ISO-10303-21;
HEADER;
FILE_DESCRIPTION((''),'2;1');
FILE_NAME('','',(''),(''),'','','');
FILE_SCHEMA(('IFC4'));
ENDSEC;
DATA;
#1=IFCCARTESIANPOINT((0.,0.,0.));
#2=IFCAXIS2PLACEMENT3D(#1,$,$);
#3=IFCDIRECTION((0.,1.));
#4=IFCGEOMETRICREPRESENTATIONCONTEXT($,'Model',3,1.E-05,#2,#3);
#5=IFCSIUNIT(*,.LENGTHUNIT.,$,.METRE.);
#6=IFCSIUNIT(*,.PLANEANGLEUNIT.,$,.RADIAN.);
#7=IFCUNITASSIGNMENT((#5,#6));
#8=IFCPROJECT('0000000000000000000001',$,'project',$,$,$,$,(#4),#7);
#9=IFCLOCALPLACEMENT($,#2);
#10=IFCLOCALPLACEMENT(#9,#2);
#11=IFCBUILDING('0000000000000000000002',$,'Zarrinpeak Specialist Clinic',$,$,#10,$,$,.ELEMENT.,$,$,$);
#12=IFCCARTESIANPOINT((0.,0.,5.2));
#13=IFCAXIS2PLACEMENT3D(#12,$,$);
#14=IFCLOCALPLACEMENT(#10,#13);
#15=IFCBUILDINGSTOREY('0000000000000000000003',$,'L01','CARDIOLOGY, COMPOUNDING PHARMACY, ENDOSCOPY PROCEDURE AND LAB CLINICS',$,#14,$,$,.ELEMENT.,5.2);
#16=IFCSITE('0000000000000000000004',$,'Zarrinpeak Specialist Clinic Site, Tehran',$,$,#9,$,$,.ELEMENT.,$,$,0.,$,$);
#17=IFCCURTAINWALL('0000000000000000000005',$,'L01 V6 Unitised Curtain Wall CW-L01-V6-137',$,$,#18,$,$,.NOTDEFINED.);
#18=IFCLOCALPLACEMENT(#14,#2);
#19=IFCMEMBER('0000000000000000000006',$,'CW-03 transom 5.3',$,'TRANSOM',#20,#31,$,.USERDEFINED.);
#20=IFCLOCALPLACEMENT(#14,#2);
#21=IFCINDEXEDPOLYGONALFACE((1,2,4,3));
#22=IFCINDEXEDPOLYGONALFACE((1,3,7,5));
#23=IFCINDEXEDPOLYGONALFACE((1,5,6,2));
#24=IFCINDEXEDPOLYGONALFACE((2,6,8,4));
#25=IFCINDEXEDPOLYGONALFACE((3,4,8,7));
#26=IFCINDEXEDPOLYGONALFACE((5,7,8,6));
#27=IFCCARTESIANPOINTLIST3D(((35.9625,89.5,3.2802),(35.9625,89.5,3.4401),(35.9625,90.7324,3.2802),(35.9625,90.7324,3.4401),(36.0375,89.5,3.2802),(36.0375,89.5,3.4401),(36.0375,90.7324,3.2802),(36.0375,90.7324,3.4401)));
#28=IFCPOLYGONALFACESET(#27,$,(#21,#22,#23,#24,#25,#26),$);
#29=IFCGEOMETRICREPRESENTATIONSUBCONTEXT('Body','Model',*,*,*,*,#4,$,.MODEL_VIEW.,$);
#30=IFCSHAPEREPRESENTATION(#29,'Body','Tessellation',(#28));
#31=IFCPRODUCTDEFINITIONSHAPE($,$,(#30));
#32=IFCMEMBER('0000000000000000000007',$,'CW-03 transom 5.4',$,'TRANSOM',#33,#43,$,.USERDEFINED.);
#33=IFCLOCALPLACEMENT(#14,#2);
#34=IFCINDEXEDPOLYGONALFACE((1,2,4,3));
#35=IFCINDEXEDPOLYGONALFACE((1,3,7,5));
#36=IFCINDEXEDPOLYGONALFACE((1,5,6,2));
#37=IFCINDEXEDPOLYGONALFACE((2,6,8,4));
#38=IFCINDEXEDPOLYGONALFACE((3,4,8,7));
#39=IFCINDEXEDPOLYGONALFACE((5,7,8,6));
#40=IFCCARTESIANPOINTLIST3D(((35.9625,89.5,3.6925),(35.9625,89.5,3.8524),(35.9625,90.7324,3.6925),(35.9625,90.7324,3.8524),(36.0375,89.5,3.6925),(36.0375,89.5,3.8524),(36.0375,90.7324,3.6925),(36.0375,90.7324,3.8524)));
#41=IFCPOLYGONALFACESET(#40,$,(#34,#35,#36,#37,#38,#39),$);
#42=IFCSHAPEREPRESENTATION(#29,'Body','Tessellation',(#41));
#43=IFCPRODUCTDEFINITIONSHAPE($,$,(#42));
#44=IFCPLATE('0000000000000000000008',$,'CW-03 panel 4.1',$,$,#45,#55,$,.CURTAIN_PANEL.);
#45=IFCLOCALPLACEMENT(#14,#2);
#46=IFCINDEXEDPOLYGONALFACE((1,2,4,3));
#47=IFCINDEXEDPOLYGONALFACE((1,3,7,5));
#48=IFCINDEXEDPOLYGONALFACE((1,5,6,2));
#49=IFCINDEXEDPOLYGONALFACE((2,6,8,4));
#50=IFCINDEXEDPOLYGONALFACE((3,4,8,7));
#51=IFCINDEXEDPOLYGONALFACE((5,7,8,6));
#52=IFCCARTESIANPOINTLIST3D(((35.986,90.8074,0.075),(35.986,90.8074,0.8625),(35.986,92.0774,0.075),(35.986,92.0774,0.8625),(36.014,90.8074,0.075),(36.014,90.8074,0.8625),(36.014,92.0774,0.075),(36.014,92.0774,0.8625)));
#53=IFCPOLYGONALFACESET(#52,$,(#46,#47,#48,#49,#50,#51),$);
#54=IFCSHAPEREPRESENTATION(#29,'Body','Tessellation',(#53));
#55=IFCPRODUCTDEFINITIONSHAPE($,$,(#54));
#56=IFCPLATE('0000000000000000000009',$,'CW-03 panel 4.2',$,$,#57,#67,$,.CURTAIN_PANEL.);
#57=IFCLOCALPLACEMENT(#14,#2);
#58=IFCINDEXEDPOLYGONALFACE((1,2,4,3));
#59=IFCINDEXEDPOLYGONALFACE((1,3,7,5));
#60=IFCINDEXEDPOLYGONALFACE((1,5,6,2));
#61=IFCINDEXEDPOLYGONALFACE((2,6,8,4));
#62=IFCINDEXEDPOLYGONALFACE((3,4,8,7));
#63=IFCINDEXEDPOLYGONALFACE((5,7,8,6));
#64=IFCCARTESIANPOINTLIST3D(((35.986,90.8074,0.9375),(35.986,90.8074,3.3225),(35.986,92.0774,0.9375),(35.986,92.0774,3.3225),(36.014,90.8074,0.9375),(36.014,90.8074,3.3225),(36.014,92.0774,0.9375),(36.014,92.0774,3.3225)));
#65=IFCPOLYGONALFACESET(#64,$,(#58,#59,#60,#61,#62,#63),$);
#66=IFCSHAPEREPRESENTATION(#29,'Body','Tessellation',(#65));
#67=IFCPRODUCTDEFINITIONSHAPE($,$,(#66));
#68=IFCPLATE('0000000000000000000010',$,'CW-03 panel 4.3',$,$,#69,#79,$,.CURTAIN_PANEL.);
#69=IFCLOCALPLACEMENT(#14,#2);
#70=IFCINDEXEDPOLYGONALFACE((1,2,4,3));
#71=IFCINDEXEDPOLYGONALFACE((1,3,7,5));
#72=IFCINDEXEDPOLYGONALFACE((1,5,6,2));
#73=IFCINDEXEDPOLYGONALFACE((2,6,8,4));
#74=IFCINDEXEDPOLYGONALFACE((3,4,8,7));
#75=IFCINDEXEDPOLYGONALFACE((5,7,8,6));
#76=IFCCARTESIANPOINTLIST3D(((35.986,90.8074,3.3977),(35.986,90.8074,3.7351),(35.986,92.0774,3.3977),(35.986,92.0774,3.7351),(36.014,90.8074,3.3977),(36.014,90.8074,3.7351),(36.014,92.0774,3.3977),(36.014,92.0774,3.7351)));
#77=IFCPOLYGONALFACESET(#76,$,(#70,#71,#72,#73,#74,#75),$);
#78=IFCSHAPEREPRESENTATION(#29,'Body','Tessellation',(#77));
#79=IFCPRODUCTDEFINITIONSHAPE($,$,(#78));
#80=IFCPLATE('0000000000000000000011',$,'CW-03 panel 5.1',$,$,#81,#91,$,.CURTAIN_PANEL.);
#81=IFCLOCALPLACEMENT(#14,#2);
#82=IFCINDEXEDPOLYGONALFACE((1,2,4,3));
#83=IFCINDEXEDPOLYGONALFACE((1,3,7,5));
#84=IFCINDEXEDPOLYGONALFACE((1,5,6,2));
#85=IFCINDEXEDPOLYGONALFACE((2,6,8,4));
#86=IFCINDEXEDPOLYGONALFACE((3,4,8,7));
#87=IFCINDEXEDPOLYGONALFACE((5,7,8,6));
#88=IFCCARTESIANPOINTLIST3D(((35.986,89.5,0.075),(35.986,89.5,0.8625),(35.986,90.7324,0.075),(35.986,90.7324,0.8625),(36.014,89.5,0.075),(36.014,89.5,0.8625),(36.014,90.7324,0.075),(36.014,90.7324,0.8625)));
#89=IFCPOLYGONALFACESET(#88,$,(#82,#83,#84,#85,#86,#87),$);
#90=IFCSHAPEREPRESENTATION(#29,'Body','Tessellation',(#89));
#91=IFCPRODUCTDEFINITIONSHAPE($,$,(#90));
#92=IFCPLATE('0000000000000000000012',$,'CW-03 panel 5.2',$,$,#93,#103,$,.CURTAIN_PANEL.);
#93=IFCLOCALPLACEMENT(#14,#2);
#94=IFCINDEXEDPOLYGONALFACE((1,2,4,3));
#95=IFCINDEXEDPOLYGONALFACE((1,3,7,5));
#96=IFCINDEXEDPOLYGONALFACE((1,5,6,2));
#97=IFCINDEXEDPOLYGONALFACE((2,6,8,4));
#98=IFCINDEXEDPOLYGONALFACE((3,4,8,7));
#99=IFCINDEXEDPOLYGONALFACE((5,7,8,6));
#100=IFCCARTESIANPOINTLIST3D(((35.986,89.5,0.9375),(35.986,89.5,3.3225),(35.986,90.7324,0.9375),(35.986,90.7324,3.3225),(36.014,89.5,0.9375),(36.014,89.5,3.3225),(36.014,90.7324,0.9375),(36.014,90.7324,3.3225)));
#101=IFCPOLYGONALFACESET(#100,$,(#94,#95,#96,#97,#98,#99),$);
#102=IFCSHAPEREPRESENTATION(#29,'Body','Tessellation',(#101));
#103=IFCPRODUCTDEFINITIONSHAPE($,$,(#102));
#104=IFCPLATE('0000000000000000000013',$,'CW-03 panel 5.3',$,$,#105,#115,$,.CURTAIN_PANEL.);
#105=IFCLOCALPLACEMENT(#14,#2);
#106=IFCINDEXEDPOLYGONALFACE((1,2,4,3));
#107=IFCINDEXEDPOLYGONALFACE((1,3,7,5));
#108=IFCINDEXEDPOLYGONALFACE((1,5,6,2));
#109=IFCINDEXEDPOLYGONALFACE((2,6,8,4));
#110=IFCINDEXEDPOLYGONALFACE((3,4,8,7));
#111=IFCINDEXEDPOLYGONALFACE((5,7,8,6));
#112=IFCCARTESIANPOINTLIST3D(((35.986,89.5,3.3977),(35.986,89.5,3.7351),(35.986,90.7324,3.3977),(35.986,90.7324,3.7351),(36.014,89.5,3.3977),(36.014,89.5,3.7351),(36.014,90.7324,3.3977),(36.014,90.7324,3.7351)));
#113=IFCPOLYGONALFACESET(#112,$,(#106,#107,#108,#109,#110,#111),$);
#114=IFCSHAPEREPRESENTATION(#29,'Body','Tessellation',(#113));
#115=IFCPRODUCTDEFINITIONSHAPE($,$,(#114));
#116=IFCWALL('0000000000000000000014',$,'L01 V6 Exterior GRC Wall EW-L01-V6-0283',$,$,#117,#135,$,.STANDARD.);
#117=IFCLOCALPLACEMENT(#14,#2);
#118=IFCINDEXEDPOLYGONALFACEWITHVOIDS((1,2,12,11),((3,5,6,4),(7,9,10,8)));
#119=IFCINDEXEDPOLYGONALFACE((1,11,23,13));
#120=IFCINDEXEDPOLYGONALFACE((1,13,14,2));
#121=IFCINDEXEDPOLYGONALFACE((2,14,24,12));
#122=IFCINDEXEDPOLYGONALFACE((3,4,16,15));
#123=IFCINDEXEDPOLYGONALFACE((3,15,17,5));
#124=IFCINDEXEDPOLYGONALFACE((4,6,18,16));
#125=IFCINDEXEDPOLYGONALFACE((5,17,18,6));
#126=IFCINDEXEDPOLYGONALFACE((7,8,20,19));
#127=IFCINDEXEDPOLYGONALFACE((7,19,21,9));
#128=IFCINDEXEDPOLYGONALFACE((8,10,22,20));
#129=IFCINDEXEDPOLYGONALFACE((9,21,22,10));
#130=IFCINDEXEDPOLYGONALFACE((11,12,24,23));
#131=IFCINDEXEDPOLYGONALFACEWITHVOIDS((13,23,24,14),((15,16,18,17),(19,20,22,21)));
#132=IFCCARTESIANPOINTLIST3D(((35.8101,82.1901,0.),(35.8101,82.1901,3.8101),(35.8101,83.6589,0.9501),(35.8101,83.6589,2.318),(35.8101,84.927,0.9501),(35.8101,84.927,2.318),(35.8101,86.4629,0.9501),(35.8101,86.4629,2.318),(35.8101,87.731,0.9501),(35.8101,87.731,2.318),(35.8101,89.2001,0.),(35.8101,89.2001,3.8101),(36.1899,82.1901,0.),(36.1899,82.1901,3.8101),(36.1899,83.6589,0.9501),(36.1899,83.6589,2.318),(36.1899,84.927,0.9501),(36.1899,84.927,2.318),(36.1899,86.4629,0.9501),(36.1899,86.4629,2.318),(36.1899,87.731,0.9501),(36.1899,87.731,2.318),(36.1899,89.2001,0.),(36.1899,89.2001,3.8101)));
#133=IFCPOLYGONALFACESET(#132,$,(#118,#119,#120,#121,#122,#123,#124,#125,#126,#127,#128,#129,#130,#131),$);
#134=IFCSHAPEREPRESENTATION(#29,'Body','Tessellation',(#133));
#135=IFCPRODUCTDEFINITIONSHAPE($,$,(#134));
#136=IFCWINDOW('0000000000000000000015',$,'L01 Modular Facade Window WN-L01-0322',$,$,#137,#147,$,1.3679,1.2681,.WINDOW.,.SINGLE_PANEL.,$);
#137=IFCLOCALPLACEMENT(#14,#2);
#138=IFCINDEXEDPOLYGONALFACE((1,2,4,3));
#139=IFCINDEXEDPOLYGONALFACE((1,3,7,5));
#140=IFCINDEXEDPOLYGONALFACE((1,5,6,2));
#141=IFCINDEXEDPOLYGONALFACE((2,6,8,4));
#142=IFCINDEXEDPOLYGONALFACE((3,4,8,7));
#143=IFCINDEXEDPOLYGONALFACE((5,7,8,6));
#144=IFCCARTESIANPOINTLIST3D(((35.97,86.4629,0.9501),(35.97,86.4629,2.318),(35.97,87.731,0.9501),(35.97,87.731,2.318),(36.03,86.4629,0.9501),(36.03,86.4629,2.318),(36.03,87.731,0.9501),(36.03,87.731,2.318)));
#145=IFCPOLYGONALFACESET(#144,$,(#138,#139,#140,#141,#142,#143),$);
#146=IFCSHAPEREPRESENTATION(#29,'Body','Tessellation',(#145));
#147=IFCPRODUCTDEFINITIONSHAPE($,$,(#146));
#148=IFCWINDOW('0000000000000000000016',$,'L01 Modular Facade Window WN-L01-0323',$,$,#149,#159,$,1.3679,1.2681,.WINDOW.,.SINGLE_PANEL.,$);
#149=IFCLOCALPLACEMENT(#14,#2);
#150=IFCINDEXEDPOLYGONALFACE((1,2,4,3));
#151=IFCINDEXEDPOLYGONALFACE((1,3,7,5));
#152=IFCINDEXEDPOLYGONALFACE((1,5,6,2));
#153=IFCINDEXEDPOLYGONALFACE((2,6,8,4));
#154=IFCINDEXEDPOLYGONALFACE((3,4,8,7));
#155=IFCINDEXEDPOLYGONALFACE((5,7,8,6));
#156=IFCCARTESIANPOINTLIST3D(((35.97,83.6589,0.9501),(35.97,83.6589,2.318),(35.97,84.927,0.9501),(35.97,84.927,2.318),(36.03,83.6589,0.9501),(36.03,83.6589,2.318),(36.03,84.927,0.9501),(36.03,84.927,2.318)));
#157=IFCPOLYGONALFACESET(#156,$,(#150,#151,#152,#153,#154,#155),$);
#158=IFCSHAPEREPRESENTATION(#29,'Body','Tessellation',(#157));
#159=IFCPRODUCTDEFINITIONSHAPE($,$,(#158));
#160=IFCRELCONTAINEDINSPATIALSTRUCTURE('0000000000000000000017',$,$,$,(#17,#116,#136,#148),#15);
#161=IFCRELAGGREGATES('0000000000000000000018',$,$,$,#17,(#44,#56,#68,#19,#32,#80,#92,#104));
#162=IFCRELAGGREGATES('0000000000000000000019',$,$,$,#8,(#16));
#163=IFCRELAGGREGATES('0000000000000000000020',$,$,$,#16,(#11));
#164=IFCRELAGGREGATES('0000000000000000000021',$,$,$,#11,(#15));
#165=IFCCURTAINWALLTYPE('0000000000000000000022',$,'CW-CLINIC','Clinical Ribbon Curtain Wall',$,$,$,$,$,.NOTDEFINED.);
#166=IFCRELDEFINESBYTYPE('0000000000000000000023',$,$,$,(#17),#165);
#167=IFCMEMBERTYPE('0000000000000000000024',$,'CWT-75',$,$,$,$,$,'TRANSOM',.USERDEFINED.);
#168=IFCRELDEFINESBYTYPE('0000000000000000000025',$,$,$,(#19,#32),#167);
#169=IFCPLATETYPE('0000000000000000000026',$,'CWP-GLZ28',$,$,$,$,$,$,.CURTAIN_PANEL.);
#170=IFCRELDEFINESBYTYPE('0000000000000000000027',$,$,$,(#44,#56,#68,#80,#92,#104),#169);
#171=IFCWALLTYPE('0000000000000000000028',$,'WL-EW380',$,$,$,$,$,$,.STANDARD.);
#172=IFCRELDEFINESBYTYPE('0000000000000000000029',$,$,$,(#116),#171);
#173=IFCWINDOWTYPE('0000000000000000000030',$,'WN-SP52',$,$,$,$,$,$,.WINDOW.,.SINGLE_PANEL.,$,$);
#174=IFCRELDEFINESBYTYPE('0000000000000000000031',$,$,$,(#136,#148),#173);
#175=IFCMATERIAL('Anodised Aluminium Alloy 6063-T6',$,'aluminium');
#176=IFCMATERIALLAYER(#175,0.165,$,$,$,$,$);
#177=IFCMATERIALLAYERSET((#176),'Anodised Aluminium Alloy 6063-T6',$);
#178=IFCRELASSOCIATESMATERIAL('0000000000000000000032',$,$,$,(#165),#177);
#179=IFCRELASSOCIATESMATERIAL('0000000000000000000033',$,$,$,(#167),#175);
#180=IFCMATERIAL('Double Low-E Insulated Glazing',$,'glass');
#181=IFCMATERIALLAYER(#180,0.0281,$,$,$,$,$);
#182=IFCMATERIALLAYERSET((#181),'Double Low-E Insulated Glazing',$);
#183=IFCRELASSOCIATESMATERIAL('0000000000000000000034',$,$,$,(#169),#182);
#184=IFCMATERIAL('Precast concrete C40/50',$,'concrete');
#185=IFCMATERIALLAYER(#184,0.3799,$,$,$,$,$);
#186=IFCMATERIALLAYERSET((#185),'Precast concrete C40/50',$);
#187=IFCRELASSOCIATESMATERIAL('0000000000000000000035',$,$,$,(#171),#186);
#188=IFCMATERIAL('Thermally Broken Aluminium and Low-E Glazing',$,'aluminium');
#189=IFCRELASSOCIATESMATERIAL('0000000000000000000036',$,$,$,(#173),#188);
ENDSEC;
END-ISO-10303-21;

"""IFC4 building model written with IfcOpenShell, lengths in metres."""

from ifc_helpers import new_model, si_unit, direction, frame, frame_2d, origin, origin_2d, place, context, subcontext, project, spatial, rectangle, extrude, material, layer, layer_set, material_profile, profile_set, type_object, element, fill, aggregate, save


model = new_model("IFC4")

# Units and contexts
model_context = context("Model", 3, precision=1e-05, world=origin(), true_north=direction((0.0, 1.0)))
body_context = subcontext(model_context, "Body", "Model", "MODEL_VIEW")
ifc_project = project(units=[si_unit("LENGTHUNIT", "METRE"), si_unit("PLANEANGLEUNIT", "RADIAN")], contexts=[model_context])

# Site, building, storey
site_placement = place(None, origin())
site = spatial("IfcSite", under=ifc_project, at=site_placement, Name="Zarrinpeak Specialist Clinic Site, Tehran", CompositionType="ELEMENT", RefElevation=0.0)
building_placement = place(site_placement, origin())
building = spatial("IfcBuilding", under=site, at=building_placement, Name="Zarrinpeak Specialist Clinic", CompositionType="ELEMENT")
storey_placement = place(building_placement, frame((0.0, 0.0, 5.2)))
storey = spatial("IfcBuildingStorey", under=building, at=storey_placement, Name="L01", Description="CARDIOLOGY, COMPOUNDING PHARMACY, ENDOSCOPY PROCEDURE AND LAB CLINICS", CompositionType="ELEMENT", Elevation=5.2)

# Curtain wall, members, plates
ifc_material_1 = material(Name="Anodised Aluminium Alloy 6063-T6", Category="aluminium")
ifc_layer_1 = layer(ifc_material_1, 0.165)
ifc_layer_set_1 = layer_set([ifc_layer_1], Name="Anodised Aluminium Alloy 6063-T6")
curtain_wall_type = type_object("IfcCurtainWallType", Name="CW-CLINIC", Description="Clinical Ribbon Curtain Wall", PredefinedType="NOTDEFINED", material=ifc_layer_set_1)
curtain_wall_placement = place(storey_placement, origin())
curtain_wall = element("IfcCurtainWall", 1, at=curtain_wall_placement, inside=storey, type_object=curtain_wall_type, Name="L01 V6 Unitised Curtain Wall CW-L01-V6-137", PredefinedType="NOTDEFINED")
ifc_material_profile_1 = material_profile(ifc_material_1, rectangle(XDim=0.075, YDim=0.1599, at=origin_2d()), Name="ALU 75x160")
ifc_profile_set_1 = profile_set([ifc_material_profile_1], Name="Anodised Aluminium Alloy 6063-T6")
member_type_1 = type_object("IfcMemberType", Name="CWT-75", ElementType="TRANSOM", PredefinedType="USERDEFINED", material=ifc_profile_set_1)
member_1_placement = place(storey_placement, frame((36.0, 90.7324, 3.3601), z_axis=(0.0, -1.0, 0.0), x_axis=(1.0, 0.0, 0.0)))
member_1 = element("IfcMember", 2, at=member_1_placement, type_object=member_type_1, Name="CW-03 transom 5.3", ObjectType="TRANSOM", PredefinedType="USERDEFINED", context=body_context, shape_type="SweptSolid", body=[
    extrude(rectangle(XDim=0.075, YDim=0.1599, at=origin_2d()), origin(), (0.0, 0.0, 1.0), 1.2324),
])
member_2_placement = place(storey_placement, frame((36.0, 90.7324, 3.7725), z_axis=(0.0, -1.0, 0.0), x_axis=(1.0, 0.0, 0.0)))
member_2 = element("IfcMember", 3, at=member_2_placement, type_object=member_type_1, Name="CW-03 transom 5.4", ObjectType="TRANSOM", PredefinedType="USERDEFINED", context=body_context, shape_type="SweptSolid", body=[
    extrude(rectangle(XDim=0.075, YDim=0.1599, at=origin_2d()), origin(), (0.0, 0.0, 1.0), 1.2324),
])
ifc_material_2 = material(Name="Double Low-E Insulated Glazing", Category="glass")
ifc_layer_2 = layer(ifc_material_2, 0.0281)
ifc_layer_set_2 = layer_set([ifc_layer_2], Name="Double Low-E Insulated Glazing")
plate_type = type_object("IfcPlateType", Name="CWP-GLZ28", PredefinedType="CURTAIN_PANEL", material=ifc_layer_set_2)
plate_1_placement = place(storey_placement, frame((36.0, 91.4424, 0.075), z_axis=(0.0, 0.0, 1.0), x_axis=(0.0, -1.0, 0.0)))
plate_1 = element("IfcPlate", 4, at=plate_1_placement, type_object=plate_type, Name="CW-03 panel 4.1", PredefinedType="CURTAIN_PANEL", context=body_context, shape_type="SweptSolid", body=[
    extrude(rectangle(XDim=1.27, YDim=0.0281, at=origin_2d()), origin(), (0.0, 0.0, 1.0), 0.7876),
])
plate_2_placement = place(storey_placement, frame((36.0, 91.4424, 0.9375), z_axis=(0.0, 0.0, 1.0), x_axis=(0.0, -1.0, 0.0)))
plate_2 = element("IfcPlate", 5, at=plate_2_placement, type_object=plate_type, Name="CW-03 panel 4.2", PredefinedType="CURTAIN_PANEL", context=body_context, shape_type="SweptSolid", body=[
    extrude(rectangle(XDim=1.27, YDim=0.0281, at=origin_2d()), origin(), (0.0, 0.0, 1.0), 2.385),
])
plate_3_placement = place(storey_placement, frame((36.0, 91.4424, 3.3977), z_axis=(0.0, 0.0, 1.0), x_axis=(0.0, -1.0, 0.0)))
plate_3 = element("IfcPlate", 6, at=plate_3_placement, type_object=plate_type, Name="CW-03 panel 4.3", PredefinedType="CURTAIN_PANEL", context=body_context, shape_type="SweptSolid", body=[
    extrude(rectangle(XDim=1.27, YDim=0.0281, at=origin_2d()), origin(), (0.0, 0.0, 1.0), 0.3374),
])
plate_4_placement = place(storey_placement, frame((36.0, 90.1162, 0.075), z_axis=(0.0, 0.0, 1.0), x_axis=(0.0, -1.0, 0.0)))
plate_4 = element("IfcPlate", 7, at=plate_4_placement, type_object=plate_type, Name="CW-03 panel 5.1", PredefinedType="CURTAIN_PANEL", context=body_context, shape_type="SweptSolid", body=[
    extrude(rectangle(XDim=1.2324, YDim=0.0281, at=origin_2d()), origin(), (0.0, 0.0, 1.0), 0.7876),
])
plate_5_placement = place(storey_placement, frame((36.0, 90.1162, 0.9375), z_axis=(0.0, 0.0, 1.0), x_axis=(0.0, -1.0, 0.0)))
plate_5 = element("IfcPlate", 8, at=plate_5_placement, type_object=plate_type, Name="CW-03 panel 5.2", PredefinedType="CURTAIN_PANEL", context=body_context, shape_type="SweptSolid", body=[
    extrude(rectangle(XDim=1.2324, YDim=0.0281, at=origin_2d()), origin(), (0.0, 0.0, 1.0), 2.385),
])
plate_6_placement = place(storey_placement, frame((36.0, 90.1162, 3.3977), z_axis=(0.0, 0.0, 1.0), x_axis=(0.0, -1.0, 0.0)))
plate_6 = element("IfcPlate", 9, at=plate_6_placement, type_object=plate_type, Name="CW-03 panel 5.3", PredefinedType="CURTAIN_PANEL", context=body_context, shape_type="SweptSolid", body=[
    extrude(rectangle(XDim=1.2324, YDim=0.0281, at=origin_2d()), origin(), (0.0, 0.0, 1.0), 0.3374),
])
aggregate(curtain_wall, [plate_1, plate_2, plate_3, member_1, member_2, plate_4, plate_5, plate_6])

# Wall, openings, windows
ifc_material_3 = material(Name="Precast concrete C40/50", Category="concrete")
ifc_layer_3 = layer(ifc_material_3, 0.3799)
ifc_layer_set_3 = layer_set([ifc_layer_3], Name="Precast concrete C40/50")
wall_type = type_object("IfcWallType", Name="WL-EW380", PredefinedType="STANDARD", material=ifc_layer_set_3)
wall_placement = place(storey_placement, frame((36.0, 89.2, 0.0), z_axis=(0.0, 0.0, 1.0), x_axis=(0.0, -1.0, 0.0)))
wall = element("IfcWall", 10, at=wall_placement, inside=storey, type_object=wall_type, Name="L01 V6 Exterior GRC Wall EW-L01-V6-0283", PredefinedType="STANDARD", context=body_context, shape_type="SweptSolid", body=[
    extrude(rectangle(XDim=7.01, YDim=0.3799, at=frame_2d((3.5049, 0.0))), origin(), (0.0, 0.0, 1.0), 3.8101),
])
opening_1_placement = place(wall_placement, frame((1.469, 0.0, 0.95)))
opening_1 = element("IfcOpeningElement", 11, at=opening_1_placement, cuts=wall, PredefinedType="OPENING", context=body_context, shape_type="SweptSolid", body=[
    extrude(rectangle(XDim=1.2681, YDim=1.3679, at=frame_2d((0.634, 0.6841))), frame((0.0, 0.2, 0.0), z_axis=(0.0, -1.0, 0.0), x_axis=(1.0, 0.0, 0.0)), (0.0, 0.0, 1.0), 0.3999),
])
opening_2_placement = place(wall_placement, frame((4.2729, 0.0, 0.95)))
opening_2 = element("IfcOpeningElement", 12, at=opening_2_placement, cuts=wall, PredefinedType="OPENING", context=body_context, shape_type="SweptSolid", body=[
    extrude(rectangle(XDim=1.2681, YDim=1.3679, at=frame_2d((0.634, 0.6841))), frame((0.0, 0.2, 0.0), z_axis=(0.0, -1.0, 0.0), x_axis=(1.0, 0.0, 0.0)), (0.0, 0.0, 1.0), 0.3999),
])
ifc_material_4 = material(Name="Thermally Broken Aluminium and Low-E Glazing", Category="aluminium")
window_type = type_object("IfcWindowType", Name="WN-SP52", PartitioningType="SINGLE_PANEL", PredefinedType="WINDOW", material=ifc_material_4)
window_1_placement = place(opening_1_placement, origin())
window_1 = element("IfcWindow", 13, at=window_1_placement, inside=storey, type_object=window_type, Name="L01 Modular Facade Window WN-L01-0322", OverallHeight=1.3679, OverallWidth=1.2681, PartitioningType="SINGLE_PANEL", PredefinedType="WINDOW", context=body_context, shape_type="SweptSolid", body=[
    extrude(rectangle(XDim=1.2681, YDim=1.3679, at=frame_2d((0.634, 0.6841))), frame((0.0, 0.03, 0.0), z_axis=(0.0, -1.0, 0.0), x_axis=(1.0, 0.0, 0.0)), (0.0, 0.0, 1.0), 0.0601),
])
fill(opening_1, window_1)
window_2_placement = place(opening_2_placement, origin())
window_2 = element("IfcWindow", 14, at=window_2_placement, inside=storey, type_object=window_type, Name="L01 Modular Facade Window WN-L01-0323", OverallHeight=1.3679, OverallWidth=1.2681, PartitioningType="SINGLE_PANEL", PredefinedType="WINDOW", context=body_context, shape_type="SweptSolid", body=[
    extrude(rectangle(XDim=1.2681, YDim=1.3679, at=frame_2d((0.634, 0.6841))), frame((0.0, 0.03, 0.0), z_axis=(0.0, -1.0, 0.0), x_axis=(1.0, 0.0, 0.0)), (0.0, 0.0, 1.0), 0.0601),
])
fill(opening_2, window_2)

save(model, "model.ifc")
